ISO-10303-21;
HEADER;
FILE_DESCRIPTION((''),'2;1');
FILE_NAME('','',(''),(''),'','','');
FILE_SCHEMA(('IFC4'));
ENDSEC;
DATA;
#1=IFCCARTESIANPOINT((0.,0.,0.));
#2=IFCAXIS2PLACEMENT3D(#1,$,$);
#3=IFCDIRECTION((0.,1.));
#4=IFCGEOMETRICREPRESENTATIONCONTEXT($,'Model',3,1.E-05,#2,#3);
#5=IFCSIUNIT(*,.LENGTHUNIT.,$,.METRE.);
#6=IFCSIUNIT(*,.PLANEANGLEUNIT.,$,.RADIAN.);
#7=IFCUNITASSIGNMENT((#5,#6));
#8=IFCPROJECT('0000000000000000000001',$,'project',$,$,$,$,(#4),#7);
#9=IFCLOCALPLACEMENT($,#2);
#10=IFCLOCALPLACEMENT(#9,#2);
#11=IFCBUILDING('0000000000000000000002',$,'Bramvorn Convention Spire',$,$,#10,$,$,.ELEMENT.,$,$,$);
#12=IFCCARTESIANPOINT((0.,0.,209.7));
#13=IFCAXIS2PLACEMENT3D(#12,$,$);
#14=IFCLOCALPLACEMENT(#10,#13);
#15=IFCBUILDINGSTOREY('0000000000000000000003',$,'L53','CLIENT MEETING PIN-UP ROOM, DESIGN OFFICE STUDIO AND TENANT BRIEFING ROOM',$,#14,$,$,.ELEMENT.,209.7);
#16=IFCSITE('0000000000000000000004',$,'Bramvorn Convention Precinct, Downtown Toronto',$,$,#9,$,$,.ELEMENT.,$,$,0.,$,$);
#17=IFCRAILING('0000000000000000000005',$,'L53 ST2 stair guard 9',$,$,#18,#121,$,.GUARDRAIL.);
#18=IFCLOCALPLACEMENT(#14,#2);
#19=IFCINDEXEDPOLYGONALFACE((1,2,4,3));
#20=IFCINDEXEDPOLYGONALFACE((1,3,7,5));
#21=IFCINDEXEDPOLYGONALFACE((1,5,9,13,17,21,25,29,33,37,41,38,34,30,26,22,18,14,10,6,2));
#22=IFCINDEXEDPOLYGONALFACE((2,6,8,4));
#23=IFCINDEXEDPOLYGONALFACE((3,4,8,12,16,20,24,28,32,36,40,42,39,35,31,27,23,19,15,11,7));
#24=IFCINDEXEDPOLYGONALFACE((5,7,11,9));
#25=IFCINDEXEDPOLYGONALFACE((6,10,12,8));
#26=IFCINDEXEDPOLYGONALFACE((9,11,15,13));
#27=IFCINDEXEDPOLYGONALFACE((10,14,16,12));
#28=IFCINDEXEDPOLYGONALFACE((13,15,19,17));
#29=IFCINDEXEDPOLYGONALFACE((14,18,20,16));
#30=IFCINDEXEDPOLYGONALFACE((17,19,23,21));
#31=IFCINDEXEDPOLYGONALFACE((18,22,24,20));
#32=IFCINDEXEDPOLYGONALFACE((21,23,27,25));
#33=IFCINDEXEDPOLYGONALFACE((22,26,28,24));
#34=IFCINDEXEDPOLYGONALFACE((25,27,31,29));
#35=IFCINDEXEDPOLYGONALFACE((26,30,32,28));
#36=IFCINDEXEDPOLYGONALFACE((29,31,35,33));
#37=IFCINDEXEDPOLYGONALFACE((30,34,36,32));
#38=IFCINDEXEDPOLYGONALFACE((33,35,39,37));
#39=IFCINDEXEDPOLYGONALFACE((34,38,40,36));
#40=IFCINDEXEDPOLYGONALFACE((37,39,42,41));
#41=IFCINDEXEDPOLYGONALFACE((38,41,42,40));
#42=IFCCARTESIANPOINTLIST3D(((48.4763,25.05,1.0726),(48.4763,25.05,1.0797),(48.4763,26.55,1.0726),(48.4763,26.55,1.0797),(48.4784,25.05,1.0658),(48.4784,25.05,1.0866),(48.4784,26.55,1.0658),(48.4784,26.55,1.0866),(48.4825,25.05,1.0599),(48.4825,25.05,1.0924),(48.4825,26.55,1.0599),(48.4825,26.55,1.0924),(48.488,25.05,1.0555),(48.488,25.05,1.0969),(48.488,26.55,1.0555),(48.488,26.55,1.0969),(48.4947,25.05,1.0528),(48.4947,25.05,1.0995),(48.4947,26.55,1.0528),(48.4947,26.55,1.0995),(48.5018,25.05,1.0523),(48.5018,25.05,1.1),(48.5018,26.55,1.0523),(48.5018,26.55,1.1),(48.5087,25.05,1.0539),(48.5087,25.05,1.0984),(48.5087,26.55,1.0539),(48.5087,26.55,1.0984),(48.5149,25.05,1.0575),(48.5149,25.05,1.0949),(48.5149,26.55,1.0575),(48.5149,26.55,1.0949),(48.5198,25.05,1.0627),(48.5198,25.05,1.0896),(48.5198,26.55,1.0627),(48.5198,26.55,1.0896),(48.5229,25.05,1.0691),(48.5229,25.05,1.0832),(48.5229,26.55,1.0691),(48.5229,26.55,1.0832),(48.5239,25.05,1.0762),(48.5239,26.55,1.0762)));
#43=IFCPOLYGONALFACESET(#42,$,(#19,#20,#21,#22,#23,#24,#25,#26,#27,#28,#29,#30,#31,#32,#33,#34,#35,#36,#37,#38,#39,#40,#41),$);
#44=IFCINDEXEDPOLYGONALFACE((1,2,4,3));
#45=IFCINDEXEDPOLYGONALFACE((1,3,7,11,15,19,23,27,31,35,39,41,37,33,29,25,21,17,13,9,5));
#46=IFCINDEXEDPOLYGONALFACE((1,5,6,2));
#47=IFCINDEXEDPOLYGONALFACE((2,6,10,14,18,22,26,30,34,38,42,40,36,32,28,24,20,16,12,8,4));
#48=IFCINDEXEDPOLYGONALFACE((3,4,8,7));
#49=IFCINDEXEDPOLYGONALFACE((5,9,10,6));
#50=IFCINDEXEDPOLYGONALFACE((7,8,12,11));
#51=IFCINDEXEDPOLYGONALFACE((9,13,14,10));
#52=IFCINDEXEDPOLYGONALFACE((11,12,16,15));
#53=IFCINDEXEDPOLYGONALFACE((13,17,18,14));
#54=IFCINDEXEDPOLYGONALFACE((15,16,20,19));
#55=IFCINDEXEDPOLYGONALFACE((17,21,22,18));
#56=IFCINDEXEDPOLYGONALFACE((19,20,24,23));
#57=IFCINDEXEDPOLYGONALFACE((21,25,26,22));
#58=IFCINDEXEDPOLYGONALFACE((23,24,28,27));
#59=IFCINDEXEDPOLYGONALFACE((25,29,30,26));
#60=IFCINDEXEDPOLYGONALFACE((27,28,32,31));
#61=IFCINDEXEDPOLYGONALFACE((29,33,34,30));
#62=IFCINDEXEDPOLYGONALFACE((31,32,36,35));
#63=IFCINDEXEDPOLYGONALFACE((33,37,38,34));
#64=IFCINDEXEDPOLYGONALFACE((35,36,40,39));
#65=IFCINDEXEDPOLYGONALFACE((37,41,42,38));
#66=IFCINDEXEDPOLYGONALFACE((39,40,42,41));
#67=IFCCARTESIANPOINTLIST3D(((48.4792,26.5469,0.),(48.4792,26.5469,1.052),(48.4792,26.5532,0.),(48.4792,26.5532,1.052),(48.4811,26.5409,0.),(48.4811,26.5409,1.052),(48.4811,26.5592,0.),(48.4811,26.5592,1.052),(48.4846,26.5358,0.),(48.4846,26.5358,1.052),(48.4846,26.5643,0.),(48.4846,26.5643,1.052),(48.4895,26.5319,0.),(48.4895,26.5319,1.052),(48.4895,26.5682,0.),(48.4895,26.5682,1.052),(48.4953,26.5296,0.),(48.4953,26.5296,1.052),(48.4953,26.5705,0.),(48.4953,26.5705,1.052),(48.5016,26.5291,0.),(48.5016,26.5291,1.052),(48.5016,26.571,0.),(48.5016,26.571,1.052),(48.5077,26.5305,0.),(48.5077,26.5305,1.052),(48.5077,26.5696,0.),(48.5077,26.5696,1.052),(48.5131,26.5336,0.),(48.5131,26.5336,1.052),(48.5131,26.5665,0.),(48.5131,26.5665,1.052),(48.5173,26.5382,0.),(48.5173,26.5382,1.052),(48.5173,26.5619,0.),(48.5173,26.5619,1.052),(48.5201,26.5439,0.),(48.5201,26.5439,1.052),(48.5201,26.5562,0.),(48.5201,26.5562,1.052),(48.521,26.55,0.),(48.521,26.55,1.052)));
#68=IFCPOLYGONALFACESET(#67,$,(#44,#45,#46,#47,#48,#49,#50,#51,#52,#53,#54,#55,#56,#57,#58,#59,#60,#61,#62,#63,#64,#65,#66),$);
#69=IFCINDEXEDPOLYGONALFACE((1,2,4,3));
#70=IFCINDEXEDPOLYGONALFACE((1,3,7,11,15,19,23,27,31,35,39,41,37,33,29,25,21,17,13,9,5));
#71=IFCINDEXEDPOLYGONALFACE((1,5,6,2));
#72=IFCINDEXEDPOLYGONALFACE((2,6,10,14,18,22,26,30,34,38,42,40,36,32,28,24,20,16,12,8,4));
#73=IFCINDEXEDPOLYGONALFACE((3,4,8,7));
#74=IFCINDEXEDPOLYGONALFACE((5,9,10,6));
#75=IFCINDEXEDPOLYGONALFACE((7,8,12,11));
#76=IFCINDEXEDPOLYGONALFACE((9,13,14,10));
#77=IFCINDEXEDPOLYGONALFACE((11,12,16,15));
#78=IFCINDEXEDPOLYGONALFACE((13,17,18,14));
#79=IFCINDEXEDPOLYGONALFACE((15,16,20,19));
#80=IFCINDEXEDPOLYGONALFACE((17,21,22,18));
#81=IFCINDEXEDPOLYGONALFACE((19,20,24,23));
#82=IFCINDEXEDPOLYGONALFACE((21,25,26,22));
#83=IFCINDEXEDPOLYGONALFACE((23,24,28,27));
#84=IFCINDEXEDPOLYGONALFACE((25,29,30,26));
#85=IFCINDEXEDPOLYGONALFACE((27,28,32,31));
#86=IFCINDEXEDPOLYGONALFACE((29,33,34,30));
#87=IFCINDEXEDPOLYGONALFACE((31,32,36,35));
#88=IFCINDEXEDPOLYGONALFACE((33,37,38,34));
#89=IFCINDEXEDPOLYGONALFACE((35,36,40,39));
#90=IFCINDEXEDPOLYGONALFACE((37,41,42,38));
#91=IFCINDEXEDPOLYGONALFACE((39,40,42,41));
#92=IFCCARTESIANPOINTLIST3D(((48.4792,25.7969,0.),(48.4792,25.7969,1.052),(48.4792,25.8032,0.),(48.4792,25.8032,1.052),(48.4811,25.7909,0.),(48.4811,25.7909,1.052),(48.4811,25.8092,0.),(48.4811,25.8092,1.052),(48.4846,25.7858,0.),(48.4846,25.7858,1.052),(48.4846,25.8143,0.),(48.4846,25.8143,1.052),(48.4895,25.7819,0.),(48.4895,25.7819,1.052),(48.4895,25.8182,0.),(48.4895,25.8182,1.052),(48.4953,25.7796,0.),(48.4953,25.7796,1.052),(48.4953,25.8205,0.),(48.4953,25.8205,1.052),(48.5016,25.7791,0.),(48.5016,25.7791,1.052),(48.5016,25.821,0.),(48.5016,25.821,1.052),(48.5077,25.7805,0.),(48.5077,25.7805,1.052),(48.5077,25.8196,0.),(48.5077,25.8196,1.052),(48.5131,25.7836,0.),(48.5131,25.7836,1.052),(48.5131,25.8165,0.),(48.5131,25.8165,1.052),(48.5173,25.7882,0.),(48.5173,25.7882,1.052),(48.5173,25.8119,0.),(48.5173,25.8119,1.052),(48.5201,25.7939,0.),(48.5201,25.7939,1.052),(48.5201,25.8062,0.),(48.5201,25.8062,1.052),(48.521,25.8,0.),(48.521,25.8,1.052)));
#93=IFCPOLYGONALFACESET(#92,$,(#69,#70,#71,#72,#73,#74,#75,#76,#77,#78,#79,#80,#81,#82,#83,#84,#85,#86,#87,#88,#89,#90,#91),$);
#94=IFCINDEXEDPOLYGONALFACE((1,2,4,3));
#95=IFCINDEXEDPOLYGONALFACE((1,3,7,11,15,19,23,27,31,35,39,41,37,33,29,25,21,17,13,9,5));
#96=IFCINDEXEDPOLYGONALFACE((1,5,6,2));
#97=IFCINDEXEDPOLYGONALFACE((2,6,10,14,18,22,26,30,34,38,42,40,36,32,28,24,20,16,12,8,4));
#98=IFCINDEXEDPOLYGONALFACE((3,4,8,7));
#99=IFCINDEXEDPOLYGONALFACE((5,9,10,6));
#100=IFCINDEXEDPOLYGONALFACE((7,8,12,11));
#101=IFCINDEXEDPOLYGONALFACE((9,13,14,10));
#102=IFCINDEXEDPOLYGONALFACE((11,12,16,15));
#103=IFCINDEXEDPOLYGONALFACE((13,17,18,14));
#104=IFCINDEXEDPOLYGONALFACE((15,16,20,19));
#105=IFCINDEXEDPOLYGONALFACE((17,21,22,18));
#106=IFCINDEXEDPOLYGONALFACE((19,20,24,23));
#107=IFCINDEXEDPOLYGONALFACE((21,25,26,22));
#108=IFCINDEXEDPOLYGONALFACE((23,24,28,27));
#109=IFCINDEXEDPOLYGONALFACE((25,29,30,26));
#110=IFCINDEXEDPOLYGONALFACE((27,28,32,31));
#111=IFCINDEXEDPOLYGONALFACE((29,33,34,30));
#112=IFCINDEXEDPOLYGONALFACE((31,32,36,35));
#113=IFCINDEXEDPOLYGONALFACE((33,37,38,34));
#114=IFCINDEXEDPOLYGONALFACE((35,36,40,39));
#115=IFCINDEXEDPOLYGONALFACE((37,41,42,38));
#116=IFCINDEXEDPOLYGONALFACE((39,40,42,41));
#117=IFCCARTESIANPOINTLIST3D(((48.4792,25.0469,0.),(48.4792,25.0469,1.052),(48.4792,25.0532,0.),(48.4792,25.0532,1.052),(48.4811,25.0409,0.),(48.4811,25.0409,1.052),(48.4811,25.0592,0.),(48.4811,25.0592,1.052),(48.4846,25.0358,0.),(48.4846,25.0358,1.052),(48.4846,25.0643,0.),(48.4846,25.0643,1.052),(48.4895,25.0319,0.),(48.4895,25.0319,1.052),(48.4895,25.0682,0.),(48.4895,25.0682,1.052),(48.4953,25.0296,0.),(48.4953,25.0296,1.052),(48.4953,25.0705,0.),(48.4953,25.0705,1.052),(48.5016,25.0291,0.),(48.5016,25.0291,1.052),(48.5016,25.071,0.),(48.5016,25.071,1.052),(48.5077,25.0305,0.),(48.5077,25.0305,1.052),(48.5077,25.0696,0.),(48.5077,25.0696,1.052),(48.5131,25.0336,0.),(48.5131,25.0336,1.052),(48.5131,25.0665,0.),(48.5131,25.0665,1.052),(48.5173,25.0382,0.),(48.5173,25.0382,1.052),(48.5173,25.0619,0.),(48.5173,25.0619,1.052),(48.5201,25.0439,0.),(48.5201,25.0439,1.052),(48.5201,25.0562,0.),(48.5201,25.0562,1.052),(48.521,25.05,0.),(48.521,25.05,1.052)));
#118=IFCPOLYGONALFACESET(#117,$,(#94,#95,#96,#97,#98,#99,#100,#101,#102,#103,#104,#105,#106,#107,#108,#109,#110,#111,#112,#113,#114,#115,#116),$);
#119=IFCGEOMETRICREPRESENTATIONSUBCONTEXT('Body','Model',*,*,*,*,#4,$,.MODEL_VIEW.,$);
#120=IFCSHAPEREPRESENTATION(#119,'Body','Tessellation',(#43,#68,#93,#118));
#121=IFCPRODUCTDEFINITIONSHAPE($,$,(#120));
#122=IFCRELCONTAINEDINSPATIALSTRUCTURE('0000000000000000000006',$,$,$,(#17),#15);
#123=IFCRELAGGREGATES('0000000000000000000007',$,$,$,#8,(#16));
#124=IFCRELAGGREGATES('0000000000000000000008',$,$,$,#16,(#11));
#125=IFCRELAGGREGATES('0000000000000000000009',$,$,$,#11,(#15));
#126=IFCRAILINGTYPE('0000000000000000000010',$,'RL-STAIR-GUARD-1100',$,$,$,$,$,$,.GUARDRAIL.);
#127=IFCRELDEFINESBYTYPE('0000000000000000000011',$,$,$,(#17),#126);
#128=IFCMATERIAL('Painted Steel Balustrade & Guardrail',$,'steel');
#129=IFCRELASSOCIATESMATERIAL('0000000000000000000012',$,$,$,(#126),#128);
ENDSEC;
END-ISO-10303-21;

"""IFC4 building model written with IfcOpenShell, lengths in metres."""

from ifc_helpers import new_model, si_unit, direction, frame, origin, origin_2d, place, context, subcontext, project, spatial, circle, extrude, material, type_object, element, save


model = new_model("IFC4")

# Units and contexts
model_context = context("Model", 3, precision=1e-05, world=origin(), true_north=direction((0.0, 1.0)))
body_context = subcontext(model_context, "Body", "Model", "MODEL_VIEW")
ifc_project = project(units=[si_unit("LENGTHUNIT", "METRE"), si_unit("PLANEANGLEUNIT", "RADIAN")], contexts=[model_context])

# Site, building, storey
site_placement = place(None, origin())
site = spatial("IfcSite", under=ifc_project, at=site_placement, Name="Bramvorn Convention Precinct, Downtown Toronto", CompositionType="ELEMENT", RefElevation=0.0)
building_placement = place(site_placement, origin())
building = spatial("IfcBuilding", under=site, at=building_placement, Name="Bramvorn Convention Spire", CompositionType="ELEMENT")
storey_placement = place(building_placement, frame((0.0, 0.0, 209.7)))
storey = spatial("IfcBuildingStorey", under=building, at=storey_placement, Name="L53", Description="CLIENT MEETING PIN-UP ROOM, DESIGN OFFICE STUDIO AND TENANT BRIEFING ROOM", CompositionType="ELEMENT", Elevation=209.7)

# Railing
ifc_material_1 = material(Name="Painted Steel Balustrade & Guardrail", Category="steel")
railing_type_1 = type_object("IfcRailingType", Name="RL-STAIR-GUARD-1100", PredefinedType="GUARDRAIL", material=ifc_material_1)
railing_1_placement = place(storey_placement, frame((48.5, 26.55, 0.0)))
element("IfcRailing", 1, at=railing_1_placement, inside=storey, type_object=railing_type_1, Name="L53 ST2 stair guard 9", PredefinedType="GUARDRAIL", context=body_context, shape_type="SweptSolid", body=[
    extrude(circle(Radius=0.0239, at=origin_2d()), frame((0.0, 0.0, 1.0762), z_axis=(0.0, -1.0, 0.0), x_axis=(1.0, 0.0, 0.0)), (0.0, 0.0, 1.0), 1.5),
    extrude(circle(Radius=0.021, at=origin_2d()), origin(), (0.0, 0.0, 1.0), 1.052),
    extrude(circle(Radius=0.021, at=origin_2d()), frame((0.0, -0.75, 0.0)), (0.0, 0.0, 1.0), 1.052),
    extrude(circle(Radius=0.021, at=origin_2d()), frame((0.0, -1.5, 0.0)), (0.0, 0.0, 1.0), 1.052),
])

save(model, "model.ifc")
